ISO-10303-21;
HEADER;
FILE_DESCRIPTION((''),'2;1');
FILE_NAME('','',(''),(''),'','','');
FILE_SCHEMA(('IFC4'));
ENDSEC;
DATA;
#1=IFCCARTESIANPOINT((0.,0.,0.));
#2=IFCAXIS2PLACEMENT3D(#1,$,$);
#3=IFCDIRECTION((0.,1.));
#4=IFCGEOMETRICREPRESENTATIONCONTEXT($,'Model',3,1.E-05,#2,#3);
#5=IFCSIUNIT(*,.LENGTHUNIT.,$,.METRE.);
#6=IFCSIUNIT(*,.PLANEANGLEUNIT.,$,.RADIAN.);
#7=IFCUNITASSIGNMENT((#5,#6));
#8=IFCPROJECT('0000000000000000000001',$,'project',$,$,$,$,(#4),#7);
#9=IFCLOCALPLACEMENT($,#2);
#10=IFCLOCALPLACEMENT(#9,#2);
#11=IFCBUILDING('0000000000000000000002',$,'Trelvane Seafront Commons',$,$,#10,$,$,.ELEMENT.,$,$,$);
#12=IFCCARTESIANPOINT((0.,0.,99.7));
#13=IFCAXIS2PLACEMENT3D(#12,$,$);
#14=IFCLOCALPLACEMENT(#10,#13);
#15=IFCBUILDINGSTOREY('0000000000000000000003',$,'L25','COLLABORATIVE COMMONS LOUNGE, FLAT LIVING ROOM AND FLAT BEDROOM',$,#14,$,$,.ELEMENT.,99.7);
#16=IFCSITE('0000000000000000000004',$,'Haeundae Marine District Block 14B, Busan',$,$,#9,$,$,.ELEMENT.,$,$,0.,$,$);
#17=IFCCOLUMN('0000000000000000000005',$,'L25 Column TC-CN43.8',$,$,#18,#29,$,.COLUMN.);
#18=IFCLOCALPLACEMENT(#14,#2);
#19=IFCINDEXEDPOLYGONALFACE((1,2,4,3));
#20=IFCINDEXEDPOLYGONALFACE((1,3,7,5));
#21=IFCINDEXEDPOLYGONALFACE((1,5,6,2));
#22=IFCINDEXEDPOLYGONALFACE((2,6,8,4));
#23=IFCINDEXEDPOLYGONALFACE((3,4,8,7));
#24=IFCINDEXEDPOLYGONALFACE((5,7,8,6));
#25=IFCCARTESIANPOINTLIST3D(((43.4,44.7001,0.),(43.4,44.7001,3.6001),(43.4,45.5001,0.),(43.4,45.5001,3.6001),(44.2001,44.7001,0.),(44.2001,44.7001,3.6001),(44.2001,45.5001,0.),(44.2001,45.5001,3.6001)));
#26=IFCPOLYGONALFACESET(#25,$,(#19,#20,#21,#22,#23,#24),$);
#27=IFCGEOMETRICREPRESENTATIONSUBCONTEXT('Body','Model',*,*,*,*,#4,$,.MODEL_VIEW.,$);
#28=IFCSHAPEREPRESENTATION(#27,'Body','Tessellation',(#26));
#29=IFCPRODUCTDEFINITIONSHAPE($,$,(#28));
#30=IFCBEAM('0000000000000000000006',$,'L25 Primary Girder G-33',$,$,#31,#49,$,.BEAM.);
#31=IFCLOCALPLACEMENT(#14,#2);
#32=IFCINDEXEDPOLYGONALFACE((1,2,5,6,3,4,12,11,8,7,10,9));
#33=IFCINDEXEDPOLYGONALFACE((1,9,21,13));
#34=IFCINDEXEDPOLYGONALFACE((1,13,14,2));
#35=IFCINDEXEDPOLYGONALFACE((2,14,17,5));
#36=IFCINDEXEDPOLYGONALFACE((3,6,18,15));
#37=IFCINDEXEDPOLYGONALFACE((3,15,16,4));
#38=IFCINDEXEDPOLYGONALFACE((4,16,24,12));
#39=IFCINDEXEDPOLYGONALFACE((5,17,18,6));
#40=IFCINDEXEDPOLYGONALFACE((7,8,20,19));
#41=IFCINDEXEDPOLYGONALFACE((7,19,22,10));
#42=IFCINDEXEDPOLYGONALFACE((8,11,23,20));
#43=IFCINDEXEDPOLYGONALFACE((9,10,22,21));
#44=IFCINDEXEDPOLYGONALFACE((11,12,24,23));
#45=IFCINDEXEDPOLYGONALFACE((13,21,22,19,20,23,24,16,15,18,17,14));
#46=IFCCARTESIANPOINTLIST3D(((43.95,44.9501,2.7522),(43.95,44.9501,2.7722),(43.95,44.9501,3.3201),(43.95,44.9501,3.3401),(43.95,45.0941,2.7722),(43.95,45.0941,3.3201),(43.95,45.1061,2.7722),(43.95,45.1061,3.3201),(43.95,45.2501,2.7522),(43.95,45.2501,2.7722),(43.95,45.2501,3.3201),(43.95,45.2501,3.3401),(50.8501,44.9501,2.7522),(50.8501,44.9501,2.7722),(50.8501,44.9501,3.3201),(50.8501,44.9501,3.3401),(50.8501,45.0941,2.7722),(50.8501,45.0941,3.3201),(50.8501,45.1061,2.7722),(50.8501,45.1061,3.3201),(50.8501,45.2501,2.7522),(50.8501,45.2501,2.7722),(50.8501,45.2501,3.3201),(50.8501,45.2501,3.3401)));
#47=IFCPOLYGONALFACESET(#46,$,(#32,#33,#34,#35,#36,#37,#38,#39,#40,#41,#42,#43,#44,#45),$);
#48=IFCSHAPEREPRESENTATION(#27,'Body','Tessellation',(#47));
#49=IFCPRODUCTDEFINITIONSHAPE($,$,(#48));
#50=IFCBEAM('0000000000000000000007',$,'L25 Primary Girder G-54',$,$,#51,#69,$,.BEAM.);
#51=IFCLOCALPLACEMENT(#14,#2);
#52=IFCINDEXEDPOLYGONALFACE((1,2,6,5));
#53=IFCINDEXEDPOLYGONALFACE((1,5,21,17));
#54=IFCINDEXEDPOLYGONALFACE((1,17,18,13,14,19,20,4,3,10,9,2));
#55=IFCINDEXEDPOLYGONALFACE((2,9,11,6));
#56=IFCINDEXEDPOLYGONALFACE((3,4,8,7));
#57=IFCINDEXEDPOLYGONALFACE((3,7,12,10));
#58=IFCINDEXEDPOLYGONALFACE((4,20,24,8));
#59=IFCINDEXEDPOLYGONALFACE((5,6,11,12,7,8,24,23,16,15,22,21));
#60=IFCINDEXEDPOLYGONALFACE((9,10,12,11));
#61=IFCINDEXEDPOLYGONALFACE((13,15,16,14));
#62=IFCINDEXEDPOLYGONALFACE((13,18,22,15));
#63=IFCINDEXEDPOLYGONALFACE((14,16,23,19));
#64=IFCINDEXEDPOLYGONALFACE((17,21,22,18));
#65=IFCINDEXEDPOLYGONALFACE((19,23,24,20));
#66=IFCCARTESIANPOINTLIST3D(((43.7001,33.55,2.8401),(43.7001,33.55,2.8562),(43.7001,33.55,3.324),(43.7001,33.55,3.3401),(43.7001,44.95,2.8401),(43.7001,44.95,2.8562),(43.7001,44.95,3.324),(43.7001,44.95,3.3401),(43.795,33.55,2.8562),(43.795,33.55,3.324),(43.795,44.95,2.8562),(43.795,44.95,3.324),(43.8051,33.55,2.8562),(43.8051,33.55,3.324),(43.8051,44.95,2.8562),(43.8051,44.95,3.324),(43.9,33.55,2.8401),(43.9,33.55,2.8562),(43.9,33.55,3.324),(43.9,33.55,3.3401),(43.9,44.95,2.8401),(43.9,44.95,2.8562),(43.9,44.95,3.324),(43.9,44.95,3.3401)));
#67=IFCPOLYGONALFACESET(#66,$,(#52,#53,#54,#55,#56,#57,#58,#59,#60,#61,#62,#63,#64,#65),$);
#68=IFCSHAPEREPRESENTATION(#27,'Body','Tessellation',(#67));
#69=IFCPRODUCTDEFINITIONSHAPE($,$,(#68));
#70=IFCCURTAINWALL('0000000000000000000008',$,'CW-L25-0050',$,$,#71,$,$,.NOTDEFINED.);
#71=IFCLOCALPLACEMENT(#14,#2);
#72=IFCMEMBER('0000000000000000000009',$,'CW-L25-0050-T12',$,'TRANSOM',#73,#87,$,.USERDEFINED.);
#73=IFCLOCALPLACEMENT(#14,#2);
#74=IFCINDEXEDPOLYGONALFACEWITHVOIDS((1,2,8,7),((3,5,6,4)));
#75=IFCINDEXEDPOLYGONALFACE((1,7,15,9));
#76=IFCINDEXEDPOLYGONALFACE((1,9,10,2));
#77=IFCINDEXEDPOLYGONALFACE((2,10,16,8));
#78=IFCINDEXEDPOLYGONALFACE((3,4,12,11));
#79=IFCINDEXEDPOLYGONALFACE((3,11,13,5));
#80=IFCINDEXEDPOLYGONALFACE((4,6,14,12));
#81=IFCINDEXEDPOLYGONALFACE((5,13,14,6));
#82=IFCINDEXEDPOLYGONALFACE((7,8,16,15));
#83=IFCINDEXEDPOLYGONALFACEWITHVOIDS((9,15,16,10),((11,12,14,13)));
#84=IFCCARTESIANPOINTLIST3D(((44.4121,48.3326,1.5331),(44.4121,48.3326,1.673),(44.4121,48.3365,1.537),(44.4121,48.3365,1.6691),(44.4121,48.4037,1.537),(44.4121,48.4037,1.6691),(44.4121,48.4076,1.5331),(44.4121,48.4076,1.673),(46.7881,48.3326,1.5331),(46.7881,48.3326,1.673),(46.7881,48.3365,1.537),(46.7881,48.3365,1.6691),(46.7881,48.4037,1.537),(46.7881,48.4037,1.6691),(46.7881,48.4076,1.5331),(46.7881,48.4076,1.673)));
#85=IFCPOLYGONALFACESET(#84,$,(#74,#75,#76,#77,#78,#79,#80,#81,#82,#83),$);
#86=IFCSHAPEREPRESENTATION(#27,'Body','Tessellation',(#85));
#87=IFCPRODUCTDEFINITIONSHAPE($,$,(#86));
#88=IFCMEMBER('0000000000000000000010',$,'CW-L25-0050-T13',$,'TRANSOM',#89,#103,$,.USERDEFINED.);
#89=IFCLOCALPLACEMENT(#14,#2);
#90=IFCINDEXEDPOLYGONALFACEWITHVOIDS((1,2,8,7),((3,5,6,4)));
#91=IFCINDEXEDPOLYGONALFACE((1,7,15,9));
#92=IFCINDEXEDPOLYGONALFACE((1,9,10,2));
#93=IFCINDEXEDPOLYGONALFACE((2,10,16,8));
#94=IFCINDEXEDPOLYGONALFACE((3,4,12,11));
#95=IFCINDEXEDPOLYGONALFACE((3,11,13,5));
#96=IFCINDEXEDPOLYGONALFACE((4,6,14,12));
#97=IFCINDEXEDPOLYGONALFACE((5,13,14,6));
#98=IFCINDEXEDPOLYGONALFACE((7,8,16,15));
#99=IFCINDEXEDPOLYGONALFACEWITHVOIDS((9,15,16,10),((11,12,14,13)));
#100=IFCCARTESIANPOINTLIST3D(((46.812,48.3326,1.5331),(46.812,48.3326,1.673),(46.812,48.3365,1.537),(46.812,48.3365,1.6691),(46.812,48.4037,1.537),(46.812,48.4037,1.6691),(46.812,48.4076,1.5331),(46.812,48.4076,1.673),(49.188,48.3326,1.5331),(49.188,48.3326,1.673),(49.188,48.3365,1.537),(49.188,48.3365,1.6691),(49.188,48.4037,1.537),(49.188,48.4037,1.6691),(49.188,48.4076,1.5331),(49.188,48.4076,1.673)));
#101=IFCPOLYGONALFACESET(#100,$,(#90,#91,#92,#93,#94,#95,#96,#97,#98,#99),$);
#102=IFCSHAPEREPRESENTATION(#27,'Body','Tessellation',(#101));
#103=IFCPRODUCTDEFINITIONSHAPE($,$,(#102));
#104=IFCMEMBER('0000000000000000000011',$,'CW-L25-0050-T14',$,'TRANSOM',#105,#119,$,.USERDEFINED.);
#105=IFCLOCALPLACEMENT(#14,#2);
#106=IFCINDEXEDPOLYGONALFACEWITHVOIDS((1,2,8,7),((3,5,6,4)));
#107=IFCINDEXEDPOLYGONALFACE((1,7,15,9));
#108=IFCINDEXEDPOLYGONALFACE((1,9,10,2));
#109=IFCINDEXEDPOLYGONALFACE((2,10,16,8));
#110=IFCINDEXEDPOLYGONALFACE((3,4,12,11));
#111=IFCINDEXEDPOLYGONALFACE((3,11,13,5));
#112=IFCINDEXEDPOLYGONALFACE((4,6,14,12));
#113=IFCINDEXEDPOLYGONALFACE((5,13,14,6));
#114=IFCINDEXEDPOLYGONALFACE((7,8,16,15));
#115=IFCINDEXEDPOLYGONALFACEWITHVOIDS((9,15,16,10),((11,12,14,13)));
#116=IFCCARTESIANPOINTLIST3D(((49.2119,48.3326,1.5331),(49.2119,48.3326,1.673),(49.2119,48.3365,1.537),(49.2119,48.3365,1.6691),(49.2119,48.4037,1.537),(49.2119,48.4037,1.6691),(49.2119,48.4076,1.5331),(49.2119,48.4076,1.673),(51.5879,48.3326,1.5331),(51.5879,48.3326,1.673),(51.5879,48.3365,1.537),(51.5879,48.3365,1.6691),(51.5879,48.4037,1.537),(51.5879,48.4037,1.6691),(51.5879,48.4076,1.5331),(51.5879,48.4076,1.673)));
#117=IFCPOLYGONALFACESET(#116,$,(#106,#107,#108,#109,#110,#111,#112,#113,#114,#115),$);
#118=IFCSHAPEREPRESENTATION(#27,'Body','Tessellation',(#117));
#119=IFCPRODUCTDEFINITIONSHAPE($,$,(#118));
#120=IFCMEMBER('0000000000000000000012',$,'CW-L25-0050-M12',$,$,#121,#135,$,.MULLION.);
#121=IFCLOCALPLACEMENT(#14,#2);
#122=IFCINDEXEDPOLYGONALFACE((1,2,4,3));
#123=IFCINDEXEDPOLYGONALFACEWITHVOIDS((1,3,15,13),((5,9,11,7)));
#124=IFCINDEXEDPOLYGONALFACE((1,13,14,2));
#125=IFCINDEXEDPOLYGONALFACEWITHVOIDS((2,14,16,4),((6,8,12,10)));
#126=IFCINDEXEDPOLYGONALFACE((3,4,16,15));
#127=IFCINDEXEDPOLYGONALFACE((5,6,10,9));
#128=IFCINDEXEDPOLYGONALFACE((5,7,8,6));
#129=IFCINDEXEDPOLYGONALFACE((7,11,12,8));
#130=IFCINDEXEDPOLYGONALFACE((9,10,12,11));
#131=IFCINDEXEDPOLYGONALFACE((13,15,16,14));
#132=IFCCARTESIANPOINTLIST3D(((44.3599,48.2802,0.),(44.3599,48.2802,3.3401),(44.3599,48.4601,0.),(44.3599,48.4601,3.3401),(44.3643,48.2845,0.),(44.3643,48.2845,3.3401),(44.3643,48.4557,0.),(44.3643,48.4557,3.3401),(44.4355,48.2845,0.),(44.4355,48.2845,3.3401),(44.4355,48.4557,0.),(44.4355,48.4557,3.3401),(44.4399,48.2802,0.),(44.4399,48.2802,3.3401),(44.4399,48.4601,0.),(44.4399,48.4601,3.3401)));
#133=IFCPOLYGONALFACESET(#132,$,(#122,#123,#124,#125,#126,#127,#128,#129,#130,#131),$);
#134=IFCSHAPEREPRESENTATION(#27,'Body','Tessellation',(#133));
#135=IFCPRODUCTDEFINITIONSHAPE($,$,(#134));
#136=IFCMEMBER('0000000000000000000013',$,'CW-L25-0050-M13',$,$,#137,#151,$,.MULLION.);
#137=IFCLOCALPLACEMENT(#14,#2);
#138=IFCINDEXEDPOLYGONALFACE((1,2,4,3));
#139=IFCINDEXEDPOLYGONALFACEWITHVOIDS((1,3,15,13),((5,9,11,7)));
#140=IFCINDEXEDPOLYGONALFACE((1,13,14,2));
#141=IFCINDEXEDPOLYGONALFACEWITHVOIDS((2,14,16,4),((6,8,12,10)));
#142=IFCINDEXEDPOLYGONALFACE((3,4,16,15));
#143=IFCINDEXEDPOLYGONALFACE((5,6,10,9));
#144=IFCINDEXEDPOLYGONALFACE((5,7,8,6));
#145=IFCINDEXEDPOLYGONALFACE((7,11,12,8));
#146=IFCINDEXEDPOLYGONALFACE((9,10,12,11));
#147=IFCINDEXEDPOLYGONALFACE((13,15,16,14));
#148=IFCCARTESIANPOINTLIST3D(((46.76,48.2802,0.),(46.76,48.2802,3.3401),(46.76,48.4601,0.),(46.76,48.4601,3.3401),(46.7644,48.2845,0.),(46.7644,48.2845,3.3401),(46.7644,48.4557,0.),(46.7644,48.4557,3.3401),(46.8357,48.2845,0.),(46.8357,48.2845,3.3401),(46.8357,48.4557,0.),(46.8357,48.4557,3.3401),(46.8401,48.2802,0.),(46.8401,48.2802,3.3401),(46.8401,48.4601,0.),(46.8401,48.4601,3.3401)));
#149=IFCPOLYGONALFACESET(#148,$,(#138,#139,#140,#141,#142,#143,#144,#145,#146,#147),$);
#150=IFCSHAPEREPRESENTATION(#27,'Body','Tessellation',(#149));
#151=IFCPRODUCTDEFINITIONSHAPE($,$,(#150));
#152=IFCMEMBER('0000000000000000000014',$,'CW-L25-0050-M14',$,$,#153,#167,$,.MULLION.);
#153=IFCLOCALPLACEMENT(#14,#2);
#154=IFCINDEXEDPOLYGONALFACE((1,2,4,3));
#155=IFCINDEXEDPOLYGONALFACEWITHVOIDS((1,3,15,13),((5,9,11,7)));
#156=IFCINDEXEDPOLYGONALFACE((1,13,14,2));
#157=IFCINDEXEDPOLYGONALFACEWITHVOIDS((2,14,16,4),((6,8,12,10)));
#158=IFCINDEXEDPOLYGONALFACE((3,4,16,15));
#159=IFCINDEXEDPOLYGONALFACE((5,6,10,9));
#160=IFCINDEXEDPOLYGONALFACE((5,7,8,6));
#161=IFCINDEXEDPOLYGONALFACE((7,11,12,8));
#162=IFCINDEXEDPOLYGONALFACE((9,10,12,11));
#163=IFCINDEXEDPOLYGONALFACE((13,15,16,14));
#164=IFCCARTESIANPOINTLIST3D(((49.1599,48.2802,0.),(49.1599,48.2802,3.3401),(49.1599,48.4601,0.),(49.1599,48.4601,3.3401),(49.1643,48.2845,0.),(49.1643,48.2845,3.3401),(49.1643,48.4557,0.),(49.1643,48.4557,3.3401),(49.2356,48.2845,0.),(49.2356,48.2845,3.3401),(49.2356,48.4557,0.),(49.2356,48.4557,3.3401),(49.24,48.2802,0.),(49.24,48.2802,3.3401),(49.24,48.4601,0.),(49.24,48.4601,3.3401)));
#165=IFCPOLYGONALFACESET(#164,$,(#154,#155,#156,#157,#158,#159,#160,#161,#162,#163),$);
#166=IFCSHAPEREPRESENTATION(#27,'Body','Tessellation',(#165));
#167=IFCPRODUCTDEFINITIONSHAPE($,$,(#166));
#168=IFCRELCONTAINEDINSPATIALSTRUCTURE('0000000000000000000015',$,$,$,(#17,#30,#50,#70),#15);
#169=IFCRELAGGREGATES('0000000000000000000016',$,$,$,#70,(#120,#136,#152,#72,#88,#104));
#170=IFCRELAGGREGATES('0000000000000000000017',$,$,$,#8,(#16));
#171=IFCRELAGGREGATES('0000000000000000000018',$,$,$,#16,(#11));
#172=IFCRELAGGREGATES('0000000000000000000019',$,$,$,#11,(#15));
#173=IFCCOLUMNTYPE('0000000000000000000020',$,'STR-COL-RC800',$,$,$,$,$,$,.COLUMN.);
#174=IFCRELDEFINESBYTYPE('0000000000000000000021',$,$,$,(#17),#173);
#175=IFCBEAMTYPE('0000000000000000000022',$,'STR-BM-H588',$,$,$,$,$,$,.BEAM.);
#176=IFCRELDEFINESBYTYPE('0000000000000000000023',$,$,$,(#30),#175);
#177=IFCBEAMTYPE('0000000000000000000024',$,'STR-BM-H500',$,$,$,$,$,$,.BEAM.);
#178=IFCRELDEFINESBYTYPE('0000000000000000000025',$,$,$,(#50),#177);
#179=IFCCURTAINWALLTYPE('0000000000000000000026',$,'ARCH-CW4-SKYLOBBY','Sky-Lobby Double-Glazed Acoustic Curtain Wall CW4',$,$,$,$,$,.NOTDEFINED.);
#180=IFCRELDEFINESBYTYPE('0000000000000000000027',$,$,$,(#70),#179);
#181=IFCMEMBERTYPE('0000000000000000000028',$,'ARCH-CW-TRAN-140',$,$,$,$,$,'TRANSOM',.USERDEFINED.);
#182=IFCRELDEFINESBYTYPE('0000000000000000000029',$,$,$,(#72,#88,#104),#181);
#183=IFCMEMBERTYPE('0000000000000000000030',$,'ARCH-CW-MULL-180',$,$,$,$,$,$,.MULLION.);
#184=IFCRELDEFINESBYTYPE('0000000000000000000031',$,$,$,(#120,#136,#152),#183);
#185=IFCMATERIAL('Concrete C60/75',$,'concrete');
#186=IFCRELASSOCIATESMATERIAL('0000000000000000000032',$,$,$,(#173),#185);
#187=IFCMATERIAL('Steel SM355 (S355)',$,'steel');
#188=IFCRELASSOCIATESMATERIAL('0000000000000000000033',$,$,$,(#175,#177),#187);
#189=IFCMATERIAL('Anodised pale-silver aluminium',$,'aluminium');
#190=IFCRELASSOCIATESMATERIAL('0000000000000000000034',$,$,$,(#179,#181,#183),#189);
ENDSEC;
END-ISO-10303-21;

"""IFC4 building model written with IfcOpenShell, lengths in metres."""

from ifc_helpers import new_model, si_unit, direction, frame, origin, origin_2d, place, context, subcontext, project, spatial, rectangle, hollow_rectangle, i_section, extrude, source, transform, mapped, material, material_profile, profile_set, type_object, element, aggregate, save


model = new_model("IFC4")

# Units and contexts
model_context = context("Model", 3, precision=1e-05, world=origin(), true_north=direction((0.0, 1.0)))
body_context = subcontext(model_context, "Body", "Model", "MODEL_VIEW")
ifc_project = project(units=[si_unit("LENGTHUNIT", "METRE"), si_unit("PLANEANGLEUNIT", "RADIAN")], contexts=[model_context])

# Site, building, storey
site_placement = place(None, origin())
site = spatial("IfcSite", under=ifc_project, at=site_placement, Name="Haeundae Marine District Block 14B, Busan", CompositionType="ELEMENT", RefElevation=0.0)
building_placement = place(site_placement, origin())
building = spatial("IfcBuilding", under=site, at=building_placement, Name="Trelvane Seafront Commons", CompositionType="ELEMENT")
storey_placement = place(building_placement, frame((0.0, 0.0, 99.7)))
storey = spatial("IfcBuildingStorey", under=building, at=storey_placement, Name="L25", Description="COLLABORATIVE COMMONS LOUNGE, FLAT LIVING ROOM AND FLAT BEDROOM", CompositionType="ELEMENT", Elevation=99.7)

# Column
ifc_material_1 = material(Name="Concrete C60/75", Category="concrete")
ifc_material_profile_1 = material_profile(ifc_material_1, rectangle(XDim=0.8, YDim=0.8, at=origin_2d()), Name="RC-800x800")
ifc_profile_set_1 = profile_set([ifc_material_profile_1], Name="Concrete C60/75")
column_type = type_object("IfcColumnType", Name="STR-COL-RC800", PredefinedType="COLUMN", material=ifc_profile_set_1)
shared_shape_1 = source(origin(), body_context, "Body", "SweptSolid", [
    extrude(rectangle(XDim=0.8, YDim=0.8, at=origin_2d()), origin(), (0.0, 0.0, 1.0), 3.6001),
])
column_placement = place(storey_placement, frame((43.8, 45.1001, 0.0), z_axis=(0.0, 0.0, 1.0), x_axis=(1.0, 0.0, 0.0)))
element("IfcColumn", 1, at=column_placement, inside=storey, type_object=column_type, Name="L25 Column TC-CN43.8", PredefinedType="COLUMN", context=body_context, shape_type="MappedRepresentation", body=[
    mapped(shared_shape_1, transform((0.0, 0.0, 0.0), x_axis=(1.0, 0.0, 0.0), y_axis=(0.0, 1.0, 0.0), z_axis=(0.0, 0.0, 1.0), scale=1.0)),
])

# Beams
ifc_material_2 = material(Name="Steel SM355 (S355)", Category="steel")
ifc_material_profile_2 = material_profile(ifc_material_2, i_section(OverallWidth=0.3, OverallDepth=0.5879, WebThickness=0.012, FlangeThickness=0.02, at=origin_2d()), Name="H-588x300x12x20")
ifc_profile_set_2 = profile_set([ifc_material_profile_2], Name="Steel SM355 (S355)")
beam_type_1 = type_object("IfcBeamType", Name="STR-BM-H588", PredefinedType="BEAM", material=ifc_profile_set_2)
shared_shape_2 = source(origin(), body_context, "Body", "SweptSolid", [
    extrude(i_section(OverallWidth=0.3, OverallDepth=0.5879, WebThickness=0.012, FlangeThickness=0.02, at=origin_2d()), origin(), (0.0, 0.0, 1.0), 6.9001),
])
beam_1_placement = place(storey_placement, frame((43.95, 45.1001, 3.0461), z_axis=(1.0, 0.0, 0.0), x_axis=(0.0, 1.0, 0.0)))
element("IfcBeam", 2, at=beam_1_placement, inside=storey, type_object=beam_type_1, Name="L25 Primary Girder G-33", PredefinedType="BEAM", context=body_context, shape_type="MappedRepresentation", body=[
    mapped(shared_shape_2, transform((0.0, 0.0, 0.0), x_axis=(1.0, 0.0, 0.0), y_axis=(0.0, 1.0, 0.0), z_axis=(0.0, 0.0, 1.0), scale=1.0)),
])
ifc_material_profile_3 = material_profile(ifc_material_2, i_section(OverallWidth=0.2, OverallDepth=0.5, WebThickness=0.01, FlangeThickness=0.0161, at=origin_2d()), Name="H-500x200x10x16")
ifc_profile_set_3 = profile_set([ifc_material_profile_3], Name="Steel SM355 (S355)")
beam_type_2 = type_object("IfcBeamType", Name="STR-BM-H500", PredefinedType="BEAM", material=ifc_profile_set_3)
shared_shape_3 = source(origin(), body_context, "Body", "SweptSolid", [
    extrude(i_section(OverallWidth=0.2, OverallDepth=0.5, WebThickness=0.01, FlangeThickness=0.0161, at=origin_2d()), origin(), (0.0, 0.0, 1.0), 11.3999),
])
beam_2_placement = place(storey_placement, frame((43.8, 33.55, 3.0901), z_axis=(0.0, 1.0, 0.0), x_axis=(-1.0, 0.0, 0.0)))
element("IfcBeam", 3, at=beam_2_placement, inside=storey, type_object=beam_type_2, Name="L25 Primary Girder G-54", PredefinedType="BEAM", context=body_context, shape_type="MappedRepresentation", body=[
    mapped(shared_shape_3, transform((0.0, 0.0, 0.0), x_axis=(1.0, 0.0, 0.0), y_axis=(0.0, 1.0, 0.0), z_axis=(0.0, 0.0, 1.0), scale=1.0)),
])

# Curtain wall, members
ifc_material_3 = material(Name="Anodised pale-silver aluminium", Category="aluminium")
curtain_wall_type = type_object("IfcCurtainWallType", Name="ARCH-CW4-SKYLOBBY", Description="Sky-Lobby Double-Glazed Acoustic Curtain Wall CW4", PredefinedType="NOTDEFINED", material=ifc_material_3)
curtain_wall_placement = place(storey_placement, origin())
curtain_wall = element("IfcCurtainWall", 4, at=curtain_wall_placement, inside=storey, type_object=curtain_wall_type, Name="CW-L25-0050", PredefinedType="NOTDEFINED")
ifc_material_profile_4 = material_profile(ifc_material_3, hollow_rectangle(XDim=0.075, YDim=0.1399, WallThickness=0.0039, at=origin_2d()), Name="TRAN-75x140x4")
ifc_profile_set_4 = profile_set([ifc_material_profile_4], Name="Anodised pale-silver aluminium")
member_type_1 = type_object("IfcMemberType", Name="ARCH-CW-TRAN-140", ElementType="TRANSOM", PredefinedType="USERDEFINED", material=ifc_profile_set_4)
shared_shape_4 = source(origin(), body_context, "Body", "SweptSolid", [
    extrude(hollow_rectangle(XDim=0.075, YDim=0.1399, WallThickness=0.0039, at=origin_2d()), origin(), (0.0, 0.0, 1.0), 2.376),
])
member_1_placement = place(storey_placement, frame((44.4121, 48.3701, 1.603), z_axis=(1.0, 0.0, 0.0), x_axis=(0.0, 1.0, 0.0)))
member_1 = element("IfcMember", 5, at=member_1_placement, type_object=member_type_1, Name="CW-L25-0050-T12", ObjectType="TRANSOM", PredefinedType="USERDEFINED", context=body_context, shape_type="MappedRepresentation", body=[
    mapped(shared_shape_4, transform((0.0, 0.0, 0.0), x_axis=(1.0, 0.0, 0.0), y_axis=(0.0, 1.0, 0.0), z_axis=(0.0, 0.0, 1.0), scale=1.0)),
])
member_2_placement = place(storey_placement, frame((46.812, 48.3701, 1.603), z_axis=(1.0, 0.0, 0.0), x_axis=(0.0, 1.0, 0.0)))
member_2 = element("IfcMember", 6, at=member_2_placement, type_object=member_type_1, Name="CW-L25-0050-T13", ObjectType="TRANSOM", PredefinedType="USERDEFINED", context=body_context, shape_type="MappedRepresentation", body=[
    mapped(shared_shape_4, transform((0.0, 0.0, 0.0), x_axis=(1.0, 0.0, 0.0), y_axis=(0.0, 1.0, 0.0), z_axis=(0.0, 0.0, 1.0), scale=1.0)),
])
member_3_placement = place(storey_placement, frame((49.2119, 48.3701, 1.603), z_axis=(1.0, 0.0, 0.0), x_axis=(0.0, 1.0, 0.0)))
member_3 = element("IfcMember", 7, at=member_3_placement, type_object=member_type_1, Name="CW-L25-0050-T14", ObjectType="TRANSOM", PredefinedType="USERDEFINED", context=body_context, shape_type="MappedRepresentation", body=[
    mapped(shared_shape_4, transform((0.0, 0.0, 0.0), x_axis=(1.0, 0.0, 0.0), y_axis=(0.0, 1.0, 0.0), z_axis=(0.0, 0.0, 1.0), scale=1.0)),
])
ifc_material_profile_5 = material_profile(ifc_material_3, hollow_rectangle(XDim=0.0801, YDim=0.1799, WallThickness=0.0044, at=origin_2d()), Name="MULL-80x180x4.5")
ifc_profile_set_5 = profile_set([ifc_material_profile_5], Name="Anodised pale-silver aluminium")
member_type_2 = type_object("IfcMemberType", Name="ARCH-CW-MULL-180", PredefinedType="MULLION", material=ifc_profile_set_5)
shared_shape_5 = source(origin(), body_context, "Body", "SweptSolid", [
    extrude(hollow_rectangle(XDim=0.0801, YDim=0.1799, WallThickness=0.0044, at=origin_2d()), origin(), (0.0, 0.0, 1.0), 3.3401),
])
member_4_placement = place(storey_placement, frame((44.3999, 48.3701, 0.0), z_axis=(0.0, 0.0, 1.0), x_axis=(1.0, 0.0, 0.0)))
member_4 = element("IfcMember", 8, at=member_4_placement, type_object=member_type_2, Name="CW-L25-0050-M12", PredefinedType="MULLION", context=body_context, shape_type="MappedRepresentation", body=[
    mapped(shared_shape_5, transform((0.0, 0.0, 0.0), x_axis=(1.0, 0.0, 0.0), y_axis=(0.0, 1.0, 0.0), z_axis=(0.0, 0.0, 1.0), scale=1.0)),
])
member_5_placement = place(storey_placement, frame((46.8, 48.3701, 0.0), z_axis=(0.0, 0.0, 1.0), x_axis=(1.0, 0.0, 0.0)))
member_5 = element("IfcMember", 9, at=member_5_placement, type_object=member_type_2, Name="CW-L25-0050-M13", PredefinedType="MULLION", context=body_context, shape_type="MappedRepresentation", body=[
    mapped(shared_shape_5, transform((0.0, 0.0, 0.0), x_axis=(1.0, 0.0, 0.0), y_axis=(0.0, 1.0, 0.0), z_axis=(0.0, 0.0, 1.0), scale=1.0)),
])
member_6_placement = place(storey_placement, frame((49.2, 48.3701, 0.0), z_axis=(0.0, 0.0, 1.0), x_axis=(1.0, 0.0, 0.0)))
member_6 = element("IfcMember", 10, at=member_6_placement, type_object=member_type_2, Name="CW-L25-0050-M14", PredefinedType="MULLION", context=body_context, shape_type="MappedRepresentation", body=[
    mapped(shared_shape_5, transform((0.0, 0.0, 0.0), x_axis=(1.0, 0.0, 0.0), y_axis=(0.0, 1.0, 0.0), z_axis=(0.0, 0.0, 1.0), scale=1.0)),
])

aggregate(curtain_wall, [member_4, member_5, member_6, member_1, member_2, member_3])

save(model, "model.ifc")
